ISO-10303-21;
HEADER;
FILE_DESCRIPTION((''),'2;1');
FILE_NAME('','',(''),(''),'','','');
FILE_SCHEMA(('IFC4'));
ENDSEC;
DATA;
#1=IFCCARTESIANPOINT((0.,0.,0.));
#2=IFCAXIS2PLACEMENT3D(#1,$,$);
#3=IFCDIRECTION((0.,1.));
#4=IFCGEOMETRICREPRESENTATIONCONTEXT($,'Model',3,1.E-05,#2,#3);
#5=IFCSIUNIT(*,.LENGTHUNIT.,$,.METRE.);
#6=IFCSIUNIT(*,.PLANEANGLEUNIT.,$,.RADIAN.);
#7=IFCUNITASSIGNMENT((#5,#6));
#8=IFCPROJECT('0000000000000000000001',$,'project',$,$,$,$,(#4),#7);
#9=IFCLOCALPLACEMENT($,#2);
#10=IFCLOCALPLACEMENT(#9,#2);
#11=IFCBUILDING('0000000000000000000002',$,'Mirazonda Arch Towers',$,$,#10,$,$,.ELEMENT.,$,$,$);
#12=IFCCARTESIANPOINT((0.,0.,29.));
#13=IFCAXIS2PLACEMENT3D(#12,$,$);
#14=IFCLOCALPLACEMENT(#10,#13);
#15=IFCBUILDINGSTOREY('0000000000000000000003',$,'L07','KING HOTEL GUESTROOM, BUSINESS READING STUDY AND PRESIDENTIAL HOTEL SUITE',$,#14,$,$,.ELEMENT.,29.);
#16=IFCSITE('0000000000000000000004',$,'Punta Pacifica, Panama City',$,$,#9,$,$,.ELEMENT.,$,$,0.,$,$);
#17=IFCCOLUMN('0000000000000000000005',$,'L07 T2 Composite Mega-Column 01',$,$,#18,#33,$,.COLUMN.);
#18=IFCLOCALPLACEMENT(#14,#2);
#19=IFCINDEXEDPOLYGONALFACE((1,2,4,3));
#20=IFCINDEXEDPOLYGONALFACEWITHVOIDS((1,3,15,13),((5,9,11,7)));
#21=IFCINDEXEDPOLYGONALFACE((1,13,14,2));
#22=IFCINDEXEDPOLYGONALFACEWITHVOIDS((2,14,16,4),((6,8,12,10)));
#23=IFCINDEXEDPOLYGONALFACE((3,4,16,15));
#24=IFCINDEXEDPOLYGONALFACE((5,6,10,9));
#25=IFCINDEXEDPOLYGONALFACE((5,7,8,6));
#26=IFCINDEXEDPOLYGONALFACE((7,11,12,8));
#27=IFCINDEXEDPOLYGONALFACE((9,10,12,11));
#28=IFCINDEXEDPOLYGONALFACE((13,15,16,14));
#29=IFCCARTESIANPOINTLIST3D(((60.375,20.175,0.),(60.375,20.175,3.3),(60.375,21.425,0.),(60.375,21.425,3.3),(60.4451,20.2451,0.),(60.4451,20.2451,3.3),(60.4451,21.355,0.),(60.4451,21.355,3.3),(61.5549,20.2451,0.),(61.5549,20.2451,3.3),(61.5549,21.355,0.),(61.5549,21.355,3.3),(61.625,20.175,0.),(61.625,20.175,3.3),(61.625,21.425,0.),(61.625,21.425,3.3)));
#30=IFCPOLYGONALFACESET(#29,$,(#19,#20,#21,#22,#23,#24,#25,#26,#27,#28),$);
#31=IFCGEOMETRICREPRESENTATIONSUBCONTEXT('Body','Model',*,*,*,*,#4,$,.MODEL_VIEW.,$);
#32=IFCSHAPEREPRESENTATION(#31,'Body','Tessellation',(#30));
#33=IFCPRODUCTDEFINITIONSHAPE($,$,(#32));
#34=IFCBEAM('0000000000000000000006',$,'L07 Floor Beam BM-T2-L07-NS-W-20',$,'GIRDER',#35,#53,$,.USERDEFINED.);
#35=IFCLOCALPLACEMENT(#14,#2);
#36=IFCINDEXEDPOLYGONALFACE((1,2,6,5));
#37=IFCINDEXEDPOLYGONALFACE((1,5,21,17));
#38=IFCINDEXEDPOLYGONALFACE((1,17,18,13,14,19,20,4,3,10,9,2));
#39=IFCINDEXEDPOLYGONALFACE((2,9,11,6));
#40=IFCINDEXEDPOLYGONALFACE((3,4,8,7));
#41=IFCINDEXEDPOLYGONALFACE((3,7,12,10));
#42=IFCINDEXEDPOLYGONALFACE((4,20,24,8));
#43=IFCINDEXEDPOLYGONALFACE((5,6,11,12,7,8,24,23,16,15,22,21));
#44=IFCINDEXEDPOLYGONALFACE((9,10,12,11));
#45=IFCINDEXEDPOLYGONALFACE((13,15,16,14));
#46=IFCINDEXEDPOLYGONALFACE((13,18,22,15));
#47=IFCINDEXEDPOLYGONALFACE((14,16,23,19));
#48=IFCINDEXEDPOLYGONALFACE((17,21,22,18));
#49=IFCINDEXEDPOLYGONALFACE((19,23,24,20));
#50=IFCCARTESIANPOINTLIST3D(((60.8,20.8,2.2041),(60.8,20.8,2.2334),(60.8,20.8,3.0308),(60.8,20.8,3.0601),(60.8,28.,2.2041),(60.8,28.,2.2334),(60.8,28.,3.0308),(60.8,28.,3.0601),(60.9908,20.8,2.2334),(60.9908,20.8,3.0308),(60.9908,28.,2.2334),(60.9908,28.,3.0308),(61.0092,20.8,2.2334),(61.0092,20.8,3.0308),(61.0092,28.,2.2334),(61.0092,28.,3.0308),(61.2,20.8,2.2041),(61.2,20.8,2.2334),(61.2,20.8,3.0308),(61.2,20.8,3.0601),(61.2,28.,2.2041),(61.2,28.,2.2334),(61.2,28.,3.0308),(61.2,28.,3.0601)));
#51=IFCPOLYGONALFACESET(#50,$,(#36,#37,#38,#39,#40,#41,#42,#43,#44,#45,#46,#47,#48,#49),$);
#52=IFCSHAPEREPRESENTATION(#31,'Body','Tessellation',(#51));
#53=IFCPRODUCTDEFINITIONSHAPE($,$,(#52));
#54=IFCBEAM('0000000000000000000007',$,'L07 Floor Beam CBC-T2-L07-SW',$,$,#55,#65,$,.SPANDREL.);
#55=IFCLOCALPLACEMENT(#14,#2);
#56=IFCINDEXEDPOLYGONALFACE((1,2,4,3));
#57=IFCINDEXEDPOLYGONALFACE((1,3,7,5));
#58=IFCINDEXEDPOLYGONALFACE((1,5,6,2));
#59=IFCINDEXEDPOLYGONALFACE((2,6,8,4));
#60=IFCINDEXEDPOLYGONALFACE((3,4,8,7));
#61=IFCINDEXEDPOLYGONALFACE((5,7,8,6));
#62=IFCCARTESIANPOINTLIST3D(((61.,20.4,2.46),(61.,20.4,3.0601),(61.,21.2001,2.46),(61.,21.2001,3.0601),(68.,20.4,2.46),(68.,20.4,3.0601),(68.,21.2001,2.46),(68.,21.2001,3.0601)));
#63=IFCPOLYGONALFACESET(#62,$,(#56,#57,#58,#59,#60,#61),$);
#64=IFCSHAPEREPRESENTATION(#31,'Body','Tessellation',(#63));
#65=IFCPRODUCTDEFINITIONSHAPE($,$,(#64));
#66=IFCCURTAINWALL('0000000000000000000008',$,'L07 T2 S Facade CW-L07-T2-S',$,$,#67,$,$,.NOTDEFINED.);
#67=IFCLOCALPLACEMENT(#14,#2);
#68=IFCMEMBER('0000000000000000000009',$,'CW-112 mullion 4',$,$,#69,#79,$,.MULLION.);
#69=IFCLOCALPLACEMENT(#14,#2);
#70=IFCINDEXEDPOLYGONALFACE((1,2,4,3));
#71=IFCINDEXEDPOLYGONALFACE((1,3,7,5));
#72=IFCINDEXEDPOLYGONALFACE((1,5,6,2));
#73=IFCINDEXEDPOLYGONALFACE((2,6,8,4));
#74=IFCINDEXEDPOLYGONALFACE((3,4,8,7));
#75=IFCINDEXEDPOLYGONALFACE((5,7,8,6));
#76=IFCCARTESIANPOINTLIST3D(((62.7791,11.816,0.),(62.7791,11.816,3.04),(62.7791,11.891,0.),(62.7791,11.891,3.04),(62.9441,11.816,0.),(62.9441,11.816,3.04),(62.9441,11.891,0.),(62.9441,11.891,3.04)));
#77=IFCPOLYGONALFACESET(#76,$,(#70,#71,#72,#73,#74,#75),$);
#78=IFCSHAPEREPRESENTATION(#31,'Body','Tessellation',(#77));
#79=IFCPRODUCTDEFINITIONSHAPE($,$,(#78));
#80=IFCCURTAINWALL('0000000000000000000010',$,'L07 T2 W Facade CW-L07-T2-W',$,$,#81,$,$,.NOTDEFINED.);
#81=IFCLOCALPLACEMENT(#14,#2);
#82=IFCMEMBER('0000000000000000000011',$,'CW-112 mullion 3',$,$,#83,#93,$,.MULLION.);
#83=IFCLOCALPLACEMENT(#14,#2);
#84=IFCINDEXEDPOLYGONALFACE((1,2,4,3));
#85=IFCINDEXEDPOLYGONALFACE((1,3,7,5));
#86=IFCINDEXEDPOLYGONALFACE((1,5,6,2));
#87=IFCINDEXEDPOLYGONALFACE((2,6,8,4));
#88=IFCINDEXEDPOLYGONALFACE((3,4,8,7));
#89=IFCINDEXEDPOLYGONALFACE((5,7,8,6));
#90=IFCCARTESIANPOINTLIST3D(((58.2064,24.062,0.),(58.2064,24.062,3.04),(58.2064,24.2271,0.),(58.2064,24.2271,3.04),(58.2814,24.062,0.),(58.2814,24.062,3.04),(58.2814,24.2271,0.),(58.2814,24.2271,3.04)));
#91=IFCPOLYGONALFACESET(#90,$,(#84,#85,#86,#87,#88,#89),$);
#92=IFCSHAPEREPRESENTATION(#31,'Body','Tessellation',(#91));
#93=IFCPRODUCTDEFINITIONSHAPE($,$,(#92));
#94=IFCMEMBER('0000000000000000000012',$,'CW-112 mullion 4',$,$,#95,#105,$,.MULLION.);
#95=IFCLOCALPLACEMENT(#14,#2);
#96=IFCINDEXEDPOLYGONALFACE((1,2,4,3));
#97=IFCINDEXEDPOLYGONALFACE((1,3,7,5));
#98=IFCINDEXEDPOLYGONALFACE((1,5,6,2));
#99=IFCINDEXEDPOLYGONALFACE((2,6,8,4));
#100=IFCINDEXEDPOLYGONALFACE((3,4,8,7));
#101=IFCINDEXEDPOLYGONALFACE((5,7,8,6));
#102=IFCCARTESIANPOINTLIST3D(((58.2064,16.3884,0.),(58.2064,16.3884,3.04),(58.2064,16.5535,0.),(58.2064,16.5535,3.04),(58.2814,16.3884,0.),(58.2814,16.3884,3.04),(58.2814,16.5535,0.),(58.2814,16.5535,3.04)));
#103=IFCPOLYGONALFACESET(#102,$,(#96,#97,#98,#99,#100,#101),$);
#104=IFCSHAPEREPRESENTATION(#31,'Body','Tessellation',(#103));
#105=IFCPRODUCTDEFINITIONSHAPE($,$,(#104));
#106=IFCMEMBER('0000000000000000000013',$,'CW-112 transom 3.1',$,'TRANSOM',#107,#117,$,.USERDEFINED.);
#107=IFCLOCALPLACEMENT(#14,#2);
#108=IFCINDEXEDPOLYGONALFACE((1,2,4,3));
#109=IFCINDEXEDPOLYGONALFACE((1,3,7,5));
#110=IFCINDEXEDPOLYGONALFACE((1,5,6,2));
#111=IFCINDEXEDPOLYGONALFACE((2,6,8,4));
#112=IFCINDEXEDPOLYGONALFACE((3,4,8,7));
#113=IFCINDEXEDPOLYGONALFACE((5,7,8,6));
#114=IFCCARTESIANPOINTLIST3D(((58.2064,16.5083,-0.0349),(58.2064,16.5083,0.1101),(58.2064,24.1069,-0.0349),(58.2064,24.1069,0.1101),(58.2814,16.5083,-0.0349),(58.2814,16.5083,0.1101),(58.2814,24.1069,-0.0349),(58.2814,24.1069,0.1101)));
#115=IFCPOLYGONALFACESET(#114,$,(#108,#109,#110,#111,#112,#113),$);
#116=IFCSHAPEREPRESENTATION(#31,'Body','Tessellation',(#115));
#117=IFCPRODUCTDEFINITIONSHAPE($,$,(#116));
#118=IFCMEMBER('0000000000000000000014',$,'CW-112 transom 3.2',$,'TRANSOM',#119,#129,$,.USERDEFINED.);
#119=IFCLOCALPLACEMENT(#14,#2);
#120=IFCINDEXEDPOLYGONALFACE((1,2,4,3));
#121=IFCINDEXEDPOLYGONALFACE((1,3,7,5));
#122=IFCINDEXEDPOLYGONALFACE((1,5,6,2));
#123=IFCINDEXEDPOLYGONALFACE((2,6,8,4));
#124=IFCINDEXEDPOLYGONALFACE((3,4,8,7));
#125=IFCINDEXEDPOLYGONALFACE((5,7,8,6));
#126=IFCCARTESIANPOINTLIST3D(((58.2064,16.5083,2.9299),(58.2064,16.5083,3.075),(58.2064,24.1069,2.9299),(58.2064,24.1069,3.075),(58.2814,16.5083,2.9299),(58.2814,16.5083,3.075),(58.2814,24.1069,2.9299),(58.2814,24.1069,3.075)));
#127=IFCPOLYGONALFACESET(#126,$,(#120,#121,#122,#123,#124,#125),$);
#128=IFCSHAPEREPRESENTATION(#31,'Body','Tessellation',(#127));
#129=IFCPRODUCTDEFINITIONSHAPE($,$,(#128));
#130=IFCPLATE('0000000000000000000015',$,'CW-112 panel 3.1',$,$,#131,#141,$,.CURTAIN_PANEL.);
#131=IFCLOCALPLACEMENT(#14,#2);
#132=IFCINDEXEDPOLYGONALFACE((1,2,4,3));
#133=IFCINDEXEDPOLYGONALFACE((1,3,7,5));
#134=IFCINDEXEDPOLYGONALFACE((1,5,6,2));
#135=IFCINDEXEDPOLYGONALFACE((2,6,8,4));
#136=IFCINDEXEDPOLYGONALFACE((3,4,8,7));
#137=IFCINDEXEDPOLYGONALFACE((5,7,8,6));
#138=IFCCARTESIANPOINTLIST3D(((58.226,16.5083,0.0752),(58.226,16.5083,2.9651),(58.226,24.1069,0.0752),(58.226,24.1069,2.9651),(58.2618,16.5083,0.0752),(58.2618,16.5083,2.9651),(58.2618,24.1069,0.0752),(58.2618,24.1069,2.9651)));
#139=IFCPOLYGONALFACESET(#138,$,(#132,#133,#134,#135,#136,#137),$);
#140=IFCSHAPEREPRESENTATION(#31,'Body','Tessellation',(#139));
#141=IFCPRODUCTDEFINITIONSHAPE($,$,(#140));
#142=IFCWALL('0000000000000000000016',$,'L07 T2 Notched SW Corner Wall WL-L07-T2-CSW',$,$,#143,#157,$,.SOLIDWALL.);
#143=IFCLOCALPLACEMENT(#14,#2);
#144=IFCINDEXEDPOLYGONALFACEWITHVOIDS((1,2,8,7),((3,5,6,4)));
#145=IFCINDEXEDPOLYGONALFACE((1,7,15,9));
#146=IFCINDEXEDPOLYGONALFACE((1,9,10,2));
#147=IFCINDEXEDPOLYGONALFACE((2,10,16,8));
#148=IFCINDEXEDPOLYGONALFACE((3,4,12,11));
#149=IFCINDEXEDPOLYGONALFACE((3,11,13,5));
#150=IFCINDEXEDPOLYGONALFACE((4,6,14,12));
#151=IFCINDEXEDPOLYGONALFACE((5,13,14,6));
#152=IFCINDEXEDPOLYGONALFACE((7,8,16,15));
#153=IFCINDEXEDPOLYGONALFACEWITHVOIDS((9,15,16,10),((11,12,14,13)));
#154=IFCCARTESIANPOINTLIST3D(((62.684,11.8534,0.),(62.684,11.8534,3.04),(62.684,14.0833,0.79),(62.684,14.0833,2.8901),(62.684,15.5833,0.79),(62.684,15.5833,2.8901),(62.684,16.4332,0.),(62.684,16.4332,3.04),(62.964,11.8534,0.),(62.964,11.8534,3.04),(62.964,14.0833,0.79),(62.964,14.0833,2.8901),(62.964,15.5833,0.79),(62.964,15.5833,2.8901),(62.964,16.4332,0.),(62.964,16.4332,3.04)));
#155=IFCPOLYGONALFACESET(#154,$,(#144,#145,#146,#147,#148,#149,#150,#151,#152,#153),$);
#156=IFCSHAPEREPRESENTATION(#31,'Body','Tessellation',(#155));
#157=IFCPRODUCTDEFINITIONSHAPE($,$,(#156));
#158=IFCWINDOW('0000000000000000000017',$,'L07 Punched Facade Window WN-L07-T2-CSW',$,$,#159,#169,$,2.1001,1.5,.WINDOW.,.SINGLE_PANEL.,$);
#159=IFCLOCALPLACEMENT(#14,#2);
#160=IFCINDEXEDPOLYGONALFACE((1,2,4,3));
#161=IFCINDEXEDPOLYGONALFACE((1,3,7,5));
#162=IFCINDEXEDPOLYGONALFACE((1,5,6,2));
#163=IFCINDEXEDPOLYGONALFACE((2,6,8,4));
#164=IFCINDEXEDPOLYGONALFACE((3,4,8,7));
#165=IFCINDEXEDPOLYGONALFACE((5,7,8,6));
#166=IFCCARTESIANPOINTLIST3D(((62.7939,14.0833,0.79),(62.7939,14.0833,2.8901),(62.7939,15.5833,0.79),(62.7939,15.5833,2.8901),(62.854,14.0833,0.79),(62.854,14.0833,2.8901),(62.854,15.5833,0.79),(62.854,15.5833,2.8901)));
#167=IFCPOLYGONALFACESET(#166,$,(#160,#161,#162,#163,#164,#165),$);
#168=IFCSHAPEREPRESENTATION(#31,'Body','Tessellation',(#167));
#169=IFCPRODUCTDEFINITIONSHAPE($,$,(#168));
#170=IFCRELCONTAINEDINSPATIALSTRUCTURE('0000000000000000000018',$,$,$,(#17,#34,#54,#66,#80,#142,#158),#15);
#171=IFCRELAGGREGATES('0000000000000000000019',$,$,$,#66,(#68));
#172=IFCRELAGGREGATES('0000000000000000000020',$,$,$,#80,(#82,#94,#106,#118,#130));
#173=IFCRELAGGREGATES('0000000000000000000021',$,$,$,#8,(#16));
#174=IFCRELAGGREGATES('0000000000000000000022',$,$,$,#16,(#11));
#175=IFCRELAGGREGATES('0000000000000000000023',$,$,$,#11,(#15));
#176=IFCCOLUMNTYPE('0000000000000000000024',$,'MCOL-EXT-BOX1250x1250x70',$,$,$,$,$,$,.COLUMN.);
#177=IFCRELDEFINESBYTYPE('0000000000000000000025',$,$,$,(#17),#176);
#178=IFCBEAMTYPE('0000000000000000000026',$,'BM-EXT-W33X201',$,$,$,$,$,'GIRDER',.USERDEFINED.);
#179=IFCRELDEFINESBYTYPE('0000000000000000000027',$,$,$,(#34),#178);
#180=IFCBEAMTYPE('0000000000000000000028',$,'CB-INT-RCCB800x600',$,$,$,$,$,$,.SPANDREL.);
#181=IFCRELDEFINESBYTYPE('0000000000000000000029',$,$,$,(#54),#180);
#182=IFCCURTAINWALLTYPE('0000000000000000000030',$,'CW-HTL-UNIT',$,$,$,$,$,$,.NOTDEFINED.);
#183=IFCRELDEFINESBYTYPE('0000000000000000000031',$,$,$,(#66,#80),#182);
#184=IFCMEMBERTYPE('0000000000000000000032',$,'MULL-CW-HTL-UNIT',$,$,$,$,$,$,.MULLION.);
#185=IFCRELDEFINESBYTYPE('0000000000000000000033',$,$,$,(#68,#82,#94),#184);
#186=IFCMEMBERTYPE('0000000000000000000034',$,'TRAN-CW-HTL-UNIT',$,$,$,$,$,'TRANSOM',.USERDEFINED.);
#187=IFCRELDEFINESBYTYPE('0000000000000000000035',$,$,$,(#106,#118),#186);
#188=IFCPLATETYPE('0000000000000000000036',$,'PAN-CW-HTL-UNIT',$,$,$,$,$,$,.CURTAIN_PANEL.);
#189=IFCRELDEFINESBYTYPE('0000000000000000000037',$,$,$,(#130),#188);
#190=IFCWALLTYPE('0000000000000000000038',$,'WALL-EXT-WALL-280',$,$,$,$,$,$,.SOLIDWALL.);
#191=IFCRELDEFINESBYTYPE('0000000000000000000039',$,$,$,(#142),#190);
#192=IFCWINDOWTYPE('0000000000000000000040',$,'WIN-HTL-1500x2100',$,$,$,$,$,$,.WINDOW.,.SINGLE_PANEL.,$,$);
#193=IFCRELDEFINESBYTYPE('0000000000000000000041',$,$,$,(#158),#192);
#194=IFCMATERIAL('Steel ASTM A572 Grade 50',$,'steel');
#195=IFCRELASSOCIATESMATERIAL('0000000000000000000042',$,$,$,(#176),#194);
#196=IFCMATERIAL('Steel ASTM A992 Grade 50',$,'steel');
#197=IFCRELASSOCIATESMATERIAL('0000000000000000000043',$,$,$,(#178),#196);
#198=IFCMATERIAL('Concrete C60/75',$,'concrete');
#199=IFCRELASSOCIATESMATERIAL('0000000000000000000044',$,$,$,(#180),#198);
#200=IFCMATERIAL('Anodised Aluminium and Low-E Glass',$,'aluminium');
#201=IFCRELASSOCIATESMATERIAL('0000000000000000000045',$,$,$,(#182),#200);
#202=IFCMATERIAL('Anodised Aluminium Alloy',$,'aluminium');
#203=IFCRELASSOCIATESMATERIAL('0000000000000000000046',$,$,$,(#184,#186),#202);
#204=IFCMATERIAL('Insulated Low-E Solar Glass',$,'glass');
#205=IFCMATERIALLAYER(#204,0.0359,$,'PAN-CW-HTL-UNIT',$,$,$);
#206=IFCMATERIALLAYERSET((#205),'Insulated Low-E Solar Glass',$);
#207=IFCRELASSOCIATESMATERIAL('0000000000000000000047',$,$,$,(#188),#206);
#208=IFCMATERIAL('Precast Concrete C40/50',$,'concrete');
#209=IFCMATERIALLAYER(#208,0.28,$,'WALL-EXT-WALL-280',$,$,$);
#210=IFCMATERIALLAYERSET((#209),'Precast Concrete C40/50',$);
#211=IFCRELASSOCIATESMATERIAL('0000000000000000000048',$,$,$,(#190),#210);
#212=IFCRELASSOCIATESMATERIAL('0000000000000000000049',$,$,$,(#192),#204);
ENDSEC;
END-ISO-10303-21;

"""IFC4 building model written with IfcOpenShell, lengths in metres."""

from ifc_helpers import new_model, si_unit, direction, frame, frame_2d, origin, origin_2d, place, context, subcontext, project, spatial, rectangle, hollow_rectangle, i_section, extrude, material, layer, layer_set, material_profile, profile_set, type_object, element, fill, aggregate, save


model = new_model("IFC4")

# Units and contexts
model_context = context("Model", 3, precision=1e-05, world=origin(), true_north=direction((0.0, 1.0)))
body_context = subcontext(model_context, "Body", "Model", "MODEL_VIEW")
ifc_project = project(units=[si_unit("LENGTHUNIT", "METRE"), si_unit("PLANEANGLEUNIT", "RADIAN")], contexts=[model_context])

# Site, building, storey
site_placement = place(None, origin())
site = spatial("IfcSite", under=ifc_project, at=site_placement, Name="Punta Pacifica, Panama City", CompositionType="ELEMENT", RefElevation=0.0)
building_placement = place(site_placement, origin())
building = spatial("IfcBuilding", under=site, at=building_placement, Name="Mirazonda Arch Towers", CompositionType="ELEMENT")
storey_placement = place(building_placement, frame((0.0, 0.0, 29.0)))
storey = spatial("IfcBuildingStorey", under=building, at=storey_placement, Name="L07", Description="KING HOTEL GUESTROOM, BUSINESS READING STUDY AND PRESIDENTIAL HOTEL SUITE", CompositionType="ELEMENT", Elevation=29.0)

# Column
ifc_material_1 = material(Name="Steel ASTM A572 Grade 50", Category="steel")
ifc_material_profile_1 = material_profile(ifc_material_1, hollow_rectangle(XDim=1.25, YDim=1.25, WallThickness=0.0701, at=origin_2d()), Name="BOX1250x1250x70")
ifc_profile_set_1 = profile_set([ifc_material_profile_1], Name="Steel ASTM A572 Grade 50")
column_type = type_object("IfcColumnType", Name="MCOL-EXT-BOX1250x1250x70", PredefinedType="COLUMN", material=ifc_profile_set_1)
column_placement = place(storey_placement, frame((61.0, 20.8, 0.0), z_axis=(0.0, 0.0, 1.0), x_axis=(1.0, 0.0, 0.0)))
element("IfcColumn", 1, at=column_placement, inside=storey, type_object=column_type, Name="L07 T2 Composite Mega-Column 01", PredefinedType="COLUMN", context=body_context, shape_type="SweptSolid", body=[
    extrude(hollow_rectangle(XDim=1.25, YDim=1.25, WallThickness=0.0701, at=origin_2d()), origin(), (0.0, 0.0, 1.0), 3.3),
])

# Beams
ifc_material_2 = material(Name="Steel ASTM A992 Grade 50", Category="steel")
ifc_material_profile_2 = material_profile(ifc_material_2, i_section(OverallWidth=0.3999, OverallDepth=0.856, WebThickness=0.0183, FlangeThickness=0.0293, at=origin_2d()), Name="W33X201")
ifc_profile_set_2 = profile_set([ifc_material_profile_2], Name="Steel ASTM A992 Grade 50")
beam_type_1 = type_object("IfcBeamType", Name="BM-EXT-W33X201", ElementType="GIRDER", PredefinedType="USERDEFINED", material=ifc_profile_set_2)
beam_1_placement = place(storey_placement, frame((61.0, 20.8, 2.6321), z_axis=(0.0, 1.0, 0.0), x_axis=(-1.0, 0.0, 0.0)))
element("IfcBeam", 2, at=beam_1_placement, inside=storey, type_object=beam_type_1, Name="L07 Floor Beam BM-T2-L07-NS-W-20", ObjectType="GIRDER", PredefinedType="USERDEFINED", context=body_context, shape_type="SweptSolid", body=[
    extrude(i_section(OverallWidth=0.3999, OverallDepth=0.856, WebThickness=0.0183, FlangeThickness=0.0293, at=origin_2d()), origin(), (0.0, 0.0, 1.0), 7.2),
])
ifc_material_3 = material(Name="Concrete C60/75", Category="concrete")
ifc_material_profile_3 = material_profile(ifc_material_3, rectangle(XDim=0.8, YDim=0.6001, at=origin_2d()), Name="RCCB800x600")
ifc_profile_set_3 = profile_set([ifc_material_profile_3], Name="Concrete C60/75")
beam_type_2 = type_object("IfcBeamType", Name="CB-INT-RCCB800x600", PredefinedType="SPANDREL", material=ifc_profile_set_3)
beam_2_placement = place(storey_placement, frame((61.0, 20.8, 2.76), z_axis=(1.0, 0.0, 0.0), x_axis=(0.0, 1.0, 0.0)))
element("IfcBeam", 3, at=beam_2_placement, inside=storey, type_object=beam_type_2, Name="L07 Floor Beam CBC-T2-L07-SW", PredefinedType="SPANDREL", context=body_context, shape_type="SweptSolid", body=[
    extrude(rectangle(XDim=0.8, YDim=0.6001, at=origin_2d()), origin(), (0.0, 0.0, 1.0), 7.0),
])

# Curtain wall, member
ifc_material_4 = material(Name="Anodised Aluminium and Low-E Glass", Category="aluminium")
curtain_wall_type = type_object("IfcCurtainWallType", Name="CW-HTL-UNIT", PredefinedType="NOTDEFINED", material=ifc_material_4)
curtain_wall_1_placement = place(storey_placement, origin())
curtain_wall_1 = element("IfcCurtainWall", 4, at=curtain_wall_1_placement, inside=storey, type_object=curtain_wall_type, Name="L07 T2 S Facade CW-L07-T2-S", PredefinedType="NOTDEFINED")
ifc_material_5 = material(Name="Anodised Aluminium Alloy", Category="aluminium")
ifc_material_profile_4 = material_profile(ifc_material_5, rectangle(XDim=0.075, YDim=0.165, at=origin_2d()), Name="ALU-MULL-75x165")
ifc_profile_set_4 = profile_set([ifc_material_profile_4], Name="Anodised Aluminium Alloy")
member_type_1 = type_object("IfcMemberType", Name="MULL-CW-HTL-UNIT", PredefinedType="MULLION", material=ifc_profile_set_4)
member_1_placement = place(storey_placement, frame((62.8616, 11.8535, 0.0), z_axis=(0.0, 0.0, 1.0), x_axis=(0.0, -1.0, 0.0)))
member_1 = element("IfcMember", 5, at=member_1_placement, type_object=member_type_1, Name="CW-112 mullion 4", PredefinedType="MULLION", context=body_context, shape_type="SweptSolid", body=[
    extrude(rectangle(XDim=0.075, YDim=0.165, at=origin_2d()), origin(), (0.0, 0.0, 1.0), 3.04),
])
aggregate(curtain_wall_1, [member_1])

# Curtain wall, members, plate
curtain_wall_2_placement = place(storey_placement, origin())
curtain_wall_2 = element("IfcCurtainWall", 6, at=curtain_wall_2_placement, inside=storey, type_object=curtain_wall_type, Name="L07 T2 W Facade CW-L07-T2-W", PredefinedType="NOTDEFINED")
member_2_placement = place(storey_placement, frame((58.2439, 24.1445, 0.0), z_axis=(0.0, 0.0, 1.0), x_axis=(1.0, 0.0, 0.0)))
member_2 = element("IfcMember", 7, at=member_2_placement, type_object=member_type_1, Name="CW-112 mullion 3", PredefinedType="MULLION", context=body_context, shape_type="SweptSolid", body=[
    extrude(rectangle(XDim=0.075, YDim=0.165, at=origin_2d()), origin(), (0.0, 0.0, 1.0), 3.04),
])
member_3_placement = place(storey_placement, frame((58.2439, 16.4709, 0.0), z_axis=(0.0, 0.0, 1.0), x_axis=(1.0, 0.0, 0.0)))
member_3 = element("IfcMember", 8, at=member_3_placement, type_object=member_type_1, Name="CW-112 mullion 4", PredefinedType="MULLION", context=body_context, shape_type="SweptSolid", body=[
    extrude(rectangle(XDim=0.075, YDim=0.165, at=origin_2d()), origin(), (0.0, 0.0, 1.0), 3.04),
])
ifc_material_profile_5 = material_profile(ifc_material_5, rectangle(XDim=0.075, YDim=0.145, at=origin_2d()), Name="ALU-TRAN-75x145")
ifc_profile_set_5 = profile_set([ifc_material_profile_5], Name="Anodised Aluminium Alloy")
member_type_2 = type_object("IfcMemberType", Name="TRAN-CW-HTL-UNIT", ElementType="TRANSOM", PredefinedType="USERDEFINED", material=ifc_profile_set_5)
member_4_placement = place(storey_placement, frame((58.2439, 24.1069, 0.0376), z_axis=(0.0, -1.0, 0.0), x_axis=(1.0, 0.0, 0.0)))
member_4 = element("IfcMember", 9, at=member_4_placement, type_object=member_type_2, Name="CW-112 transom 3.1", ObjectType="TRANSOM", PredefinedType="USERDEFINED", context=body_context, shape_type="SweptSolid", body=[
    extrude(rectangle(XDim=0.075, YDim=0.145, at=origin_2d()), origin(), (0.0, 0.0, 1.0), 7.5986),
])
member_5_placement = place(storey_placement, frame((58.2439, 24.1069, 3.0024), z_axis=(0.0, -1.0, 0.0), x_axis=(1.0, 0.0, 0.0)))
member_5 = element("IfcMember", 10, at=member_5_placement, type_object=member_type_2, Name="CW-112 transom 3.2", ObjectType="TRANSOM", PredefinedType="USERDEFINED", context=body_context, shape_type="SweptSolid", body=[
    extrude(rectangle(XDim=0.075, YDim=0.145, at=origin_2d()), origin(), (0.0, 0.0, 1.0), 7.5986),
])
ifc_material_6 = material(Name="Insulated Low-E Solar Glass", Category="glass")
ifc_layer_1 = layer(ifc_material_6, 0.0359, Name="PAN-CW-HTL-UNIT")
ifc_layer_set_1 = layer_set([ifc_layer_1], Name="Insulated Low-E Solar Glass")
plate_type = type_object("IfcPlateType", Name="PAN-CW-HTL-UNIT", PredefinedType="CURTAIN_PANEL", material=ifc_layer_set_1)
plate_placement = place(storey_placement, frame((58.2439, 20.3076, 0.0752), z_axis=(0.0, 0.0, 1.0), x_axis=(0.0, -1.0, 0.0)))
plate = element("IfcPlate", 11, at=plate_placement, type_object=plate_type, Name="CW-112 panel 3.1", PredefinedType="CURTAIN_PANEL", context=body_context, shape_type="SweptSolid", body=[
    extrude(rectangle(XDim=7.5986, YDim=0.0359, at=origin_2d()), origin(), (0.0, 0.0, 1.0), 2.8899),
])
aggregate(curtain_wall_2, [member_2, member_3, member_4, member_5, plate])

# Wall, opening, window
ifc_material_7 = material(Name="Precast Concrete C40/50", Category="concrete")
ifc_layer_2 = layer(ifc_material_7, 0.28, Name="WALL-EXT-WALL-280")
ifc_layer_set_2 = layer_set([ifc_layer_2], Name="Precast Concrete C40/50")
wall_type_1 = type_object("IfcWallType", Name="WALL-EXT-WALL-280", PredefinedType="SOLIDWALL", material=ifc_layer_set_2)
wall_1_placement = place(storey_placement, frame((62.824, 16.4333, 0.0), z_axis=(0.0, 0.0, 1.0), x_axis=(0.0, -1.0, 0.0)))
wall_1 = element("IfcWall", 12, at=wall_1_placement, inside=storey, type_object=wall_type_1, Name="L07 T2 Notched SW Corner Wall WL-L07-T2-CSW", PredefinedType="SOLIDWALL", context=body_context, shape_type="SweptSolid", body=[
    extrude(rectangle(XDim=4.5798, YDim=0.28, at=frame_2d((2.29, 0.0))), origin(), (0.0, 0.0, 1.0), 3.04),
])
opening_1_placement = place(wall_1_placement, frame((0.8501, 0.0, 0.79)))
opening_1 = element("IfcOpeningElement", 13, at=opening_1_placement, cuts=wall_1, PredefinedType="OPENING", context=body_context, shape_type="SweptSolid", body=[
    extrude(rectangle(XDim=1.5, YDim=2.1001, at=frame_2d((0.75, 1.05))), frame((0.0, 0.1499, 0.0), z_axis=(0.0, -1.0, 0.0), x_axis=(1.0, 0.0, 0.0)), (0.0, 0.0, 1.0), 0.3),
])
window_type = type_object("IfcWindowType", Name="WIN-HTL-1500x2100", PartitioningType="SINGLE_PANEL", PredefinedType="WINDOW", material=ifc_material_6)
window_placement = place(opening_1_placement, origin())
window = element("IfcWindow", 14, at=window_placement, inside=storey, type_object=window_type, Name="L07 Punched Facade Window WN-L07-T2-CSW", OverallHeight=2.1001, OverallWidth=1.5, PartitioningType="SINGLE_PANEL", PredefinedType="WINDOW", context=body_context, shape_type="SweptSolid", body=[
    extrude(rectangle(XDim=1.5, YDim=2.1001, at=frame_2d((0.75, 1.05))), frame((0.0, 0.03, 0.0), z_axis=(0.0, -1.0, 0.0), x_axis=(1.0, 0.0, 0.0)), (0.0, 0.0, 1.0), 0.0601),
])
fill(opening_1, window)

save(model, "model.ifc")
